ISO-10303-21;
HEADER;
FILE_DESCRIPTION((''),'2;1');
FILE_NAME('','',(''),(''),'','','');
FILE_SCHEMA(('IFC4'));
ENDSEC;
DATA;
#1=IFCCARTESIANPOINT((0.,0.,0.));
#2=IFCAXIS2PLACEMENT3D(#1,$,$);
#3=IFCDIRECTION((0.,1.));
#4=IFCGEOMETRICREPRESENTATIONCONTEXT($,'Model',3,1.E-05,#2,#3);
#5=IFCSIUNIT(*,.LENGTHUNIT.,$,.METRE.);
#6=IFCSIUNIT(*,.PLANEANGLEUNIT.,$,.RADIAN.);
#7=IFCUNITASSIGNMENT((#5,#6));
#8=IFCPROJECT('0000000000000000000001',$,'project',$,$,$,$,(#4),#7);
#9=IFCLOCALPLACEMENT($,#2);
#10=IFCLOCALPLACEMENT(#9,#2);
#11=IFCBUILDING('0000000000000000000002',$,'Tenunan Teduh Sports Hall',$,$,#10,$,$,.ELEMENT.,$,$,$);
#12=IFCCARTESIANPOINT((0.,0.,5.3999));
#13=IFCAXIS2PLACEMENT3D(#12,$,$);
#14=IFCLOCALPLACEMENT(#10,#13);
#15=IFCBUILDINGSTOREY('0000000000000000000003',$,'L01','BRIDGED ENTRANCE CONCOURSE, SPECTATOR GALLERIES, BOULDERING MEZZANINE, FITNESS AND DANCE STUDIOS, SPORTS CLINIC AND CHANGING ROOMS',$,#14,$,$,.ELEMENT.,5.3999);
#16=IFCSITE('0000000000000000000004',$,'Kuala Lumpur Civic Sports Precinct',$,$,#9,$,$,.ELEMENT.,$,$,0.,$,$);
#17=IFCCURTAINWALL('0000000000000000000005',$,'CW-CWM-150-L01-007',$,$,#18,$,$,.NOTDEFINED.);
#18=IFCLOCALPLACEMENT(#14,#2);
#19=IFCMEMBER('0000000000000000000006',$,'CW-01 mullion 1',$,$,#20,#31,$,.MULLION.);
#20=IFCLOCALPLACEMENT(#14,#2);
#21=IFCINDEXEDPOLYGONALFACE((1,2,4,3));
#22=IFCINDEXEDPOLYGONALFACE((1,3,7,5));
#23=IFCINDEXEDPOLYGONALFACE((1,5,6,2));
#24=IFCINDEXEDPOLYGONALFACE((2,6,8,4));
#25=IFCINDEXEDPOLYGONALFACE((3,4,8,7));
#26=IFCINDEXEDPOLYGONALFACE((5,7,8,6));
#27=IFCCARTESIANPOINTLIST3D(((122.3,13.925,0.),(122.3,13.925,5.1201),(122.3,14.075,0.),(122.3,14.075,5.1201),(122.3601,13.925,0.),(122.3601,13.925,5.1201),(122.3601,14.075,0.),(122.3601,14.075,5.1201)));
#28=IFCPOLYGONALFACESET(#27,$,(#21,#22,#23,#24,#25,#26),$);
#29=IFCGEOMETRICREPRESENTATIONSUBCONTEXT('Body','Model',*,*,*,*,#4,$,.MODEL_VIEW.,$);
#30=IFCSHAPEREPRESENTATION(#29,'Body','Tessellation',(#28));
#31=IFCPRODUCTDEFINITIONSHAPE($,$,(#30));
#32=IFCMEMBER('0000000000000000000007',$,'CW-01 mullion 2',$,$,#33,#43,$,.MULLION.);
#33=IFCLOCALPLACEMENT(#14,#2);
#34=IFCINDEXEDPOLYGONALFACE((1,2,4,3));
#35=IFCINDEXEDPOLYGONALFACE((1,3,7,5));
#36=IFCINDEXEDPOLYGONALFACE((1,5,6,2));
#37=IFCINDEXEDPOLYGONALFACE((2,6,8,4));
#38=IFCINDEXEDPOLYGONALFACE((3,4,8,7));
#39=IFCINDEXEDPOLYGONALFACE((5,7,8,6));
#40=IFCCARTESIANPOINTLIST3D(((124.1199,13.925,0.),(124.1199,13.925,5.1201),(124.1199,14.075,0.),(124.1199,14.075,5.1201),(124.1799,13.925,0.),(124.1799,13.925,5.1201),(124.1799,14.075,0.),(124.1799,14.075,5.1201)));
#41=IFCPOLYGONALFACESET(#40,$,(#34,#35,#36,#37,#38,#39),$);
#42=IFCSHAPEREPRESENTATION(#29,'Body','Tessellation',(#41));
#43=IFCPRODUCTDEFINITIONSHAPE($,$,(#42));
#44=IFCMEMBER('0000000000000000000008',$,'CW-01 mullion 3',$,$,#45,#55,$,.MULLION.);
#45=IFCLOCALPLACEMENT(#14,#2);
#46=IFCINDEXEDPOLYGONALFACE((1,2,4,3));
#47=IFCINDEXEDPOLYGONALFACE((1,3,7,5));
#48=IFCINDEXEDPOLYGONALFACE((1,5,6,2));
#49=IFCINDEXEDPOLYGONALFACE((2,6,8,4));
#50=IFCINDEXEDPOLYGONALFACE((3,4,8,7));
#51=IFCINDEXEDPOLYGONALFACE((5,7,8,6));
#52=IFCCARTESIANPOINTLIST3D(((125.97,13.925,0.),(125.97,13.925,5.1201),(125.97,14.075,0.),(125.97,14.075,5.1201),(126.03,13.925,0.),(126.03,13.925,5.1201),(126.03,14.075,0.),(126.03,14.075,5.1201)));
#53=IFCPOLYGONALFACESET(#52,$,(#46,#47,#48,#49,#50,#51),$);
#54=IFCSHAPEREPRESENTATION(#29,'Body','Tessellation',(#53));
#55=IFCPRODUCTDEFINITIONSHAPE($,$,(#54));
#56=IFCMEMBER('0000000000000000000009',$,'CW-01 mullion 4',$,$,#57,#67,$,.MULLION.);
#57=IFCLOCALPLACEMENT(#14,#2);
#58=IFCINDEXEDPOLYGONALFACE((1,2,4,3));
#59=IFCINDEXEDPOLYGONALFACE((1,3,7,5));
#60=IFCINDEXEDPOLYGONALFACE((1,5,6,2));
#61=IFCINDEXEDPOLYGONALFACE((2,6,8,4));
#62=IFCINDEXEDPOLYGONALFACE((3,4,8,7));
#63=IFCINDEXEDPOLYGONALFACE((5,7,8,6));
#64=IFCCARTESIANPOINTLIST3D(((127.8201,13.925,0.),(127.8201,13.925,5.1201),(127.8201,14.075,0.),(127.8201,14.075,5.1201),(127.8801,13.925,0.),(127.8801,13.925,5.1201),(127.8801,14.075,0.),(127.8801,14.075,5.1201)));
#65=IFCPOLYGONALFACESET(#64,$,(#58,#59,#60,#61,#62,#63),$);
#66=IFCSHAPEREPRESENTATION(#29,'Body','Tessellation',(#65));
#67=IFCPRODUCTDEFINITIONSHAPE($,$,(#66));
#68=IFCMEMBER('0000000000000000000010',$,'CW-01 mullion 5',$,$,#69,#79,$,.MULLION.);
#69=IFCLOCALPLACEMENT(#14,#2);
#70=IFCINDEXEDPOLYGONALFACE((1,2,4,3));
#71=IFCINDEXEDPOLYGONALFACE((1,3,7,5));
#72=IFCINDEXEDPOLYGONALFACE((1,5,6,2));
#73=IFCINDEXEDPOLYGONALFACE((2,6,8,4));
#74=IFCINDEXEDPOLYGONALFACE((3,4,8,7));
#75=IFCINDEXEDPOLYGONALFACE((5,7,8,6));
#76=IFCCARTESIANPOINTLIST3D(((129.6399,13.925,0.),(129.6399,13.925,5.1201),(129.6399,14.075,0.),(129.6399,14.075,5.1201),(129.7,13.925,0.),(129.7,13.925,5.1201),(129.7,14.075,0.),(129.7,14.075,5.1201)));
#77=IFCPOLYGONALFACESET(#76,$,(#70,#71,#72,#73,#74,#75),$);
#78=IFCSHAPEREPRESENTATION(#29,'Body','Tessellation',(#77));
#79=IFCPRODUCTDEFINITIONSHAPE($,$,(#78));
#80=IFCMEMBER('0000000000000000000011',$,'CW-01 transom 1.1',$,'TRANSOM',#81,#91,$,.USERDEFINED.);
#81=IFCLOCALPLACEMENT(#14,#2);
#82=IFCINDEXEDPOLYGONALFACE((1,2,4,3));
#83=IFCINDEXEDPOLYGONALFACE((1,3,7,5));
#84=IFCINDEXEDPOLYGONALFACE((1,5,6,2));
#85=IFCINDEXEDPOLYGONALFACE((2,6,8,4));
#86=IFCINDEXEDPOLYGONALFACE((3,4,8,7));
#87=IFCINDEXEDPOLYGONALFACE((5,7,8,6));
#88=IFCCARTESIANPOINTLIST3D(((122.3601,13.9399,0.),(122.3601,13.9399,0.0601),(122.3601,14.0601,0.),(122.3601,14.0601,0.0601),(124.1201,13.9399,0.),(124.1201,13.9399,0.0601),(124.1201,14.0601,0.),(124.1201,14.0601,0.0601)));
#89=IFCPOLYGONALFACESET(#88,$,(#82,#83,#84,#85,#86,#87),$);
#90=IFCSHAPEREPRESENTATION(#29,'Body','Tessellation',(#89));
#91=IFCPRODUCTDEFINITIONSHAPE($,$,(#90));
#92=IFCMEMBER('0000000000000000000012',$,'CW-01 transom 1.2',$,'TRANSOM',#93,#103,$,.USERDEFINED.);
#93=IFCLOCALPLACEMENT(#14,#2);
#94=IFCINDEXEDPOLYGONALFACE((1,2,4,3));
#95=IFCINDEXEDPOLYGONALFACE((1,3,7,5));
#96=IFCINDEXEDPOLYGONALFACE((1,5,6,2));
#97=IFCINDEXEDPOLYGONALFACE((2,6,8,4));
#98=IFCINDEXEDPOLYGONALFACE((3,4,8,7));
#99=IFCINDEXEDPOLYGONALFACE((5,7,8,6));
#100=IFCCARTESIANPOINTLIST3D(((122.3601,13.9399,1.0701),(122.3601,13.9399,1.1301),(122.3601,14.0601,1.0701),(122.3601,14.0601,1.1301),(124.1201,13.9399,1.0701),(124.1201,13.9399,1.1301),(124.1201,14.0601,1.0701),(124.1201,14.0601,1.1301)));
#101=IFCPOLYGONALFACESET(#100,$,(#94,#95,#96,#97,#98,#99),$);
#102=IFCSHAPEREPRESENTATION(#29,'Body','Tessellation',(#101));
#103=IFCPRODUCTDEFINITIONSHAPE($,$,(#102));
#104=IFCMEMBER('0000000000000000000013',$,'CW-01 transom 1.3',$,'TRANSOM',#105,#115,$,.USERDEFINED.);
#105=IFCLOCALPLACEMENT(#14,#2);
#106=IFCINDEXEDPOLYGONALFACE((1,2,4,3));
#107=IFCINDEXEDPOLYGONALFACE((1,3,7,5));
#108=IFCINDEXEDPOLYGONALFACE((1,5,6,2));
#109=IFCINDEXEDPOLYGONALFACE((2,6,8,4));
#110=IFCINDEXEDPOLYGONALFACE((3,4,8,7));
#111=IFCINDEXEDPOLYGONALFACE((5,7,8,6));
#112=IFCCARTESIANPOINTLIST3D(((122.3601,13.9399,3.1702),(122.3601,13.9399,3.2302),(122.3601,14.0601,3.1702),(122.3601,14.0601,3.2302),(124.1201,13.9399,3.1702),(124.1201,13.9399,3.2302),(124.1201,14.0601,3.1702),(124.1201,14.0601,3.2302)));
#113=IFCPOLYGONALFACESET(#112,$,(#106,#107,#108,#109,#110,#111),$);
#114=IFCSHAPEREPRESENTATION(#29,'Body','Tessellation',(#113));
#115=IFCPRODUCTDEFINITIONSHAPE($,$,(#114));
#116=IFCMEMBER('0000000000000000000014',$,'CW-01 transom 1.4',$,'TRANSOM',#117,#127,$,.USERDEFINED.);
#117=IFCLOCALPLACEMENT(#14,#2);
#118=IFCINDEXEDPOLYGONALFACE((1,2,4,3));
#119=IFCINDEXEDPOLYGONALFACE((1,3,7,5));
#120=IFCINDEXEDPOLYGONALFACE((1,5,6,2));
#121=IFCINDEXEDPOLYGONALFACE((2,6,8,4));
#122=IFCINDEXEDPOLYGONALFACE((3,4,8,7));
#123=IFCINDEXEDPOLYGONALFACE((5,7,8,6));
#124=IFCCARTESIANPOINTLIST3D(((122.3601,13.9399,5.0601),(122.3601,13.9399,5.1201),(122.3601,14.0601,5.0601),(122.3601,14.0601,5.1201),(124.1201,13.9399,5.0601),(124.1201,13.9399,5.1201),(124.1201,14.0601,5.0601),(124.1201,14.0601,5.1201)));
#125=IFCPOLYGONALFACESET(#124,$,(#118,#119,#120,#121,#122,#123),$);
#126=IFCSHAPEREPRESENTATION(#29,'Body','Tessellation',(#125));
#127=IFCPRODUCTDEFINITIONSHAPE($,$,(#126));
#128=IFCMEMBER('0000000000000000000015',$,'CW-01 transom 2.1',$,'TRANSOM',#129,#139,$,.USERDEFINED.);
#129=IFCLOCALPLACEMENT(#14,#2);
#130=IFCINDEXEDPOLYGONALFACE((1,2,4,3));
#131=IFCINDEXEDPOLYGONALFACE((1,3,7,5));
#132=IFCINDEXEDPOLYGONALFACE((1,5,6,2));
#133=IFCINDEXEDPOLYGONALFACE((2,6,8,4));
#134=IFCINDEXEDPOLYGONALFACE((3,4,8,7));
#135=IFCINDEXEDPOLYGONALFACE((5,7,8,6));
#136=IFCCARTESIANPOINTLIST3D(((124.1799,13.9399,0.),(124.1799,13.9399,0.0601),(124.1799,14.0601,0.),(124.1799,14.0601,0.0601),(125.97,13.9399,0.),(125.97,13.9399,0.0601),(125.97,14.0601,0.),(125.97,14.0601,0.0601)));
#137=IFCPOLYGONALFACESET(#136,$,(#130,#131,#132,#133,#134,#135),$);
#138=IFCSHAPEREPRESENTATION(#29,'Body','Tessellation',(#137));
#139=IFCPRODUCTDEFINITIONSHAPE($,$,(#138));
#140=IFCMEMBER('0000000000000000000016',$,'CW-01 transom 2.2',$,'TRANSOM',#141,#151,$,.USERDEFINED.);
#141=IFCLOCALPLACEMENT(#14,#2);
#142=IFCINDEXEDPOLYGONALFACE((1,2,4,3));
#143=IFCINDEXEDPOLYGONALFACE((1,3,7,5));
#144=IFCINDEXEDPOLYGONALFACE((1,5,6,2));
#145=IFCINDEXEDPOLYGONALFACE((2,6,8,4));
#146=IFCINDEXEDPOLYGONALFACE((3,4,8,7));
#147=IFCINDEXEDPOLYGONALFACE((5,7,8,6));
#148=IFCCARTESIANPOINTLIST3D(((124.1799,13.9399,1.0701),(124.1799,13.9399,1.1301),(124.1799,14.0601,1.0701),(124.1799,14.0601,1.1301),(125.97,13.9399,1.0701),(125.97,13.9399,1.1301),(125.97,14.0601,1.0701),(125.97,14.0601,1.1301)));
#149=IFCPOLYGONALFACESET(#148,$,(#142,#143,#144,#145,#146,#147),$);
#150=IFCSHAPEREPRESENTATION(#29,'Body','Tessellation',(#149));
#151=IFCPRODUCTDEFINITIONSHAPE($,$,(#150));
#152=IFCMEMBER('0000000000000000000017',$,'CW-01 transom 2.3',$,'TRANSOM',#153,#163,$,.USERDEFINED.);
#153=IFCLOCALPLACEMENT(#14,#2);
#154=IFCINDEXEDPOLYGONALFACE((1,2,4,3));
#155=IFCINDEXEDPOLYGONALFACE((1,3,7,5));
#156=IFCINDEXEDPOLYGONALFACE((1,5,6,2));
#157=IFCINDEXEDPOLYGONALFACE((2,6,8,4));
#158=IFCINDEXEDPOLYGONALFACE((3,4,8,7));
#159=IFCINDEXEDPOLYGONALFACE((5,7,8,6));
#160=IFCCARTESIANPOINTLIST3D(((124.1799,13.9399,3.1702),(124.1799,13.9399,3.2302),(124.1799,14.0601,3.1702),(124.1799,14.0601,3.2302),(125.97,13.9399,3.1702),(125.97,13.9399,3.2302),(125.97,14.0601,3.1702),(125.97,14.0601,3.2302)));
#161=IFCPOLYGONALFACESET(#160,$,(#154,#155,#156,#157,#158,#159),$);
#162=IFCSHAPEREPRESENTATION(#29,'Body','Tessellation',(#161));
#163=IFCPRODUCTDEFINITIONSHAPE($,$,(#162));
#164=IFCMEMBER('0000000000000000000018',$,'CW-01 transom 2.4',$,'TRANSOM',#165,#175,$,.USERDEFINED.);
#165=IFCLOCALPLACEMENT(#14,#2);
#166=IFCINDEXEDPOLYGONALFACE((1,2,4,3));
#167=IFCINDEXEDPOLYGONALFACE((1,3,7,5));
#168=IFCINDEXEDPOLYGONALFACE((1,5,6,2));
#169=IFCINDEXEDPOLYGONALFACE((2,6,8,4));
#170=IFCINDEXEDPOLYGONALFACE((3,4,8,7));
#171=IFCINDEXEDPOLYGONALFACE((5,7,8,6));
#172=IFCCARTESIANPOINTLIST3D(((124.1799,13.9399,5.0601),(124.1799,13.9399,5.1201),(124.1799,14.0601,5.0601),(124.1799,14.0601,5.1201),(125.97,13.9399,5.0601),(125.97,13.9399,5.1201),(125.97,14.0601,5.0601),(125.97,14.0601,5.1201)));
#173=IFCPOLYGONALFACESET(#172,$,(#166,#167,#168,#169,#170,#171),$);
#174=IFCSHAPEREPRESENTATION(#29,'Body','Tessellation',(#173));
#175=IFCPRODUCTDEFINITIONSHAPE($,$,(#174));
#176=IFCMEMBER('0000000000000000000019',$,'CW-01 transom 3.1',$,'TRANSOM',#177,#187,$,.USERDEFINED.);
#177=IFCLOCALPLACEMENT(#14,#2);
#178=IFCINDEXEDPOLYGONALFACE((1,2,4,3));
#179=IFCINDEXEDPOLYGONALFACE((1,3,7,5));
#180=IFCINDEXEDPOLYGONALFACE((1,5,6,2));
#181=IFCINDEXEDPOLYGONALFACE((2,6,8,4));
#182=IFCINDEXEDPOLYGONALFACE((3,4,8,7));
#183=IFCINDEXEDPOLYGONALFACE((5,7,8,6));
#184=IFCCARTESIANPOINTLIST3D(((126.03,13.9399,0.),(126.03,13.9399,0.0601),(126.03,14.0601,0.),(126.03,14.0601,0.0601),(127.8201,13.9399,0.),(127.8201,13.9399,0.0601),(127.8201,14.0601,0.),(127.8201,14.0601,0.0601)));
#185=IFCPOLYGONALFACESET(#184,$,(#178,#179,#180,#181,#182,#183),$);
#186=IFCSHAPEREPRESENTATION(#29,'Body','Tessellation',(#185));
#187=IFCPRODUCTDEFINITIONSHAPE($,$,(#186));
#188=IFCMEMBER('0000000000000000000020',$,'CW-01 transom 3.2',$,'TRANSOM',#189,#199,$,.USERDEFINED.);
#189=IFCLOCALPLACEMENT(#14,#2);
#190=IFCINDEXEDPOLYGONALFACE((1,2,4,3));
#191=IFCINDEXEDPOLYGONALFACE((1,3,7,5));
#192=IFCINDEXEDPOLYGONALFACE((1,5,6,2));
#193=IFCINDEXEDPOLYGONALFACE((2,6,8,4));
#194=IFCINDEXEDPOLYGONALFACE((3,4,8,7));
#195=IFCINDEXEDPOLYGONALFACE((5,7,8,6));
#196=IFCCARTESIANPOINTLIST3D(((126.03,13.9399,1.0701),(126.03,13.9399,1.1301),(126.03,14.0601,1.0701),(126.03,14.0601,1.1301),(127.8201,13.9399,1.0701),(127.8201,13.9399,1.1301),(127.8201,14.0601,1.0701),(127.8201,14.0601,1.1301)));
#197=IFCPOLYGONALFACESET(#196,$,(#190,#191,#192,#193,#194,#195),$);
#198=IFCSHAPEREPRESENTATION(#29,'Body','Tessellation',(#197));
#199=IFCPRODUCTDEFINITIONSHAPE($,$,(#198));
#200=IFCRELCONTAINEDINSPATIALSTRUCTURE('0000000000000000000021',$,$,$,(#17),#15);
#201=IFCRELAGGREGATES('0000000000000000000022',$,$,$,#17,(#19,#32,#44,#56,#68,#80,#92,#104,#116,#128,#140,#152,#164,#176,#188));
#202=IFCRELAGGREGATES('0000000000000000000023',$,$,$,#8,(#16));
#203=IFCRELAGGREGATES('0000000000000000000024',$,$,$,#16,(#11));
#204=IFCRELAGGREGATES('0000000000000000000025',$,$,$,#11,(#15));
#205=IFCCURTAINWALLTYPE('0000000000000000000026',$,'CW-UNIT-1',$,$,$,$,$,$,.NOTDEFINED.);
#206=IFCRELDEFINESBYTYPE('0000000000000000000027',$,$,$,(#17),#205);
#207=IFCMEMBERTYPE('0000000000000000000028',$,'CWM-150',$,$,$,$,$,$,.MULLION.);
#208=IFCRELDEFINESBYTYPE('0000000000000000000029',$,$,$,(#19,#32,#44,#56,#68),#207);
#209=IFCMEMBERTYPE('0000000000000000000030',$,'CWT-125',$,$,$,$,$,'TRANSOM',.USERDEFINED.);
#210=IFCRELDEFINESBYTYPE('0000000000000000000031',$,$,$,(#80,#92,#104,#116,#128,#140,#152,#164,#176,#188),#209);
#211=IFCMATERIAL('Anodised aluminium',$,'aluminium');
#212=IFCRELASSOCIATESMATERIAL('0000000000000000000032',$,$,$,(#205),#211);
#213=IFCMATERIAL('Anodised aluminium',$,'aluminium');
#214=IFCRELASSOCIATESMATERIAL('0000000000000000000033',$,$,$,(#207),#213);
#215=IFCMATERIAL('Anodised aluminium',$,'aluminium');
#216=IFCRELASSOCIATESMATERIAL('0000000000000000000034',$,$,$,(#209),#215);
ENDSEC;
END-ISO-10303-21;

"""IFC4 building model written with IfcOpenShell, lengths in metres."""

from ifc_helpers import new_model, si_unit, direction, frame, origin, origin_2d, place, context, subcontext, project, spatial, rectangle, extrude, material, material_profile, profile_set, type_object, element, aggregate, save


model = new_model("IFC4")

# Units and contexts
model_context = context("Model", 3, precision=1e-05, world=origin(), true_north=direction((0.0, 1.0)))
body_context = subcontext(model_context, "Body", "Model", "MODEL_VIEW")
ifc_project = project(units=[si_unit("LENGTHUNIT", "METRE"), si_unit("PLANEANGLEUNIT", "RADIAN")], contexts=[model_context])

# Site, building, storey
site_placement = place(None, origin())
site = spatial("IfcSite", under=ifc_project, at=site_placement, Name="Kuala Lumpur Civic Sports Precinct", CompositionType="ELEMENT", RefElevation=0.0)
building_placement = place(site_placement, origin())
building = spatial("IfcBuilding", under=site, at=building_placement, Name="Tenunan Teduh Sports Hall", CompositionType="ELEMENT")
storey_placement = place(building_placement, frame((0.0, 0.0, 5.3999)))
storey = spatial("IfcBuildingStorey", under=building, at=storey_placement, Name="L01", Description="BRIDGED ENTRANCE CONCOURSE, SPECTATOR GALLERIES, BOULDERING MEZZANINE, FITNESS AND DANCE STUDIOS, SPORTS CLINIC AND CHANGING ROOMS", CompositionType="ELEMENT", Elevation=5.3999)

# Curtain wall, members
ifc_material_1 = material(Name="Anodised aluminium", Category="aluminium")
curtain_wall_type = type_object("IfcCurtainWallType", Name="CW-UNIT-1", PredefinedType="NOTDEFINED", material=ifc_material_1)
curtain_wall_placement = place(storey_placement, origin())
curtain_wall = element("IfcCurtainWall", 1, at=curtain_wall_placement, inside=storey, type_object=curtain_wall_type, Name="CW-CWM-150-L01-007", PredefinedType="NOTDEFINED")
ifc_material_2 = material(Name="Anodised aluminium", Category="aluminium")
ifc_material_profile_1 = material_profile(ifc_material_2, rectangle(XDim=0.0601, YDim=0.1499, at=origin_2d()), Name="CWM 60x150")
ifc_profile_set_1 = profile_set([ifc_material_profile_1], Name="Anodised aluminium")
member_type_1 = type_object("IfcMemberType", Name="CWM-150", PredefinedType="MULLION", material=ifc_profile_set_1)
member_1_placement = place(storey_placement, frame((122.3301, 14.0, 0.0), z_axis=(0.0, 0.0, 1.0), x_axis=(1.0, 0.0, 0.0)))
member_1 = element("IfcMember", 2, at=member_1_placement, type_object=member_type_1, Name="CW-01 mullion 1", PredefinedType="MULLION", context=body_context, shape_type="SweptSolid", body=[
    extrude(rectangle(XDim=0.0601, YDim=0.1499, at=origin_2d()), origin(), (0.0, 0.0, 1.0), 5.1201),
])
member_2_placement = place(storey_placement, frame((124.1499, 14.0, 0.0), z_axis=(0.0, 0.0, 1.0), x_axis=(1.0, 0.0, 0.0)))
member_2 = element("IfcMember", 3, at=member_2_placement, type_object=member_type_1, Name="CW-01 mullion 2", PredefinedType="MULLION", context=body_context, shape_type="SweptSolid", body=[
    extrude(rectangle(XDim=0.0601, YDim=0.1499, at=origin_2d()), origin(), (0.0, 0.0, 1.0), 5.1201),
])
member_3_placement = place(storey_placement, frame((126.0, 14.0, 0.0), z_axis=(0.0, 0.0, 1.0), x_axis=(1.0, 0.0, 0.0)))
member_3 = element("IfcMember", 4, at=member_3_placement, type_object=member_type_1, Name="CW-01 mullion 3", PredefinedType="MULLION", context=body_context, shape_type="SweptSolid", body=[
    extrude(rectangle(XDim=0.0601, YDim=0.1499, at=origin_2d()), origin(), (0.0, 0.0, 1.0), 5.1201),
])
member_4_placement = place(storey_placement, frame((127.8501, 14.0, 0.0), z_axis=(0.0, 0.0, 1.0), x_axis=(1.0, 0.0, 0.0)))
member_4 = element("IfcMember", 5, at=member_4_placement, type_object=member_type_1, Name="CW-01 mullion 4", PredefinedType="MULLION", context=body_context, shape_type="SweptSolid", body=[
    extrude(rectangle(XDim=0.0601, YDim=0.1499, at=origin_2d()), origin(), (0.0, 0.0, 1.0), 5.1201),
])
member_5_placement = place(storey_placement, frame((129.6699, 14.0, 0.0), z_axis=(0.0, 0.0, 1.0), x_axis=(1.0, 0.0, 0.0)))
member_5 = element("IfcMember", 6, at=member_5_placement, type_object=member_type_1, Name="CW-01 mullion 5", PredefinedType="MULLION", context=body_context, shape_type="SweptSolid", body=[
    extrude(rectangle(XDim=0.0601, YDim=0.1499, at=origin_2d()), origin(), (0.0, 0.0, 1.0), 5.1201),
])
ifc_material_3 = material(Name="Anodised aluminium", Category="aluminium")
ifc_material_profile_2 = material_profile(ifc_material_3, rectangle(XDim=0.0601, YDim=0.1201, at=origin_2d()), Name="CWT 60x120")
ifc_profile_set_2 = profile_set([ifc_material_profile_2], Name="Anodised aluminium")
member_type_2 = type_object("IfcMemberType", Name="CWT-125", ElementType="TRANSOM", PredefinedType="USERDEFINED", material=ifc_profile_set_2)
member_6_placement = place(storey_placement, frame((122.3601, 14.0, 0.03), z_axis=(1.0, 0.0, 0.0), x_axis=(0.0, 0.0, 1.0)))
member_6 = element("IfcMember", 7, at=member_6_placement, type_object=member_type_2, Name="CW-01 transom 1.1", ObjectType="TRANSOM", PredefinedType="USERDEFINED", context=body_context, shape_type="SweptSolid", body=[
    extrude(rectangle(XDim=0.0601, YDim=0.1201, at=origin_2d()), origin(), (0.0, 0.0, 1.0), 1.76),
])
member_7_placement = place(storey_placement, frame((122.3601, 14.0, 1.1001), z_axis=(1.0, 0.0, 0.0), x_axis=(0.0, 0.0, 1.0)))
member_7 = element("IfcMember", 8, at=member_7_placement, type_object=member_type_2, Name="CW-01 transom 1.2", ObjectType="TRANSOM", PredefinedType="USERDEFINED", context=body_context, shape_type="SweptSolid", body=[
    extrude(rectangle(XDim=0.0601, YDim=0.1201, at=origin_2d()), origin(), (0.0, 0.0, 1.0), 1.76),
])
member_8_placement = place(storey_placement, frame((122.3601, 14.0, 3.2002), z_axis=(1.0, 0.0, 0.0), x_axis=(0.0, 0.0, 1.0)))
member_8 = element("IfcMember", 9, at=member_8_placement, type_object=member_type_2, Name="CW-01 transom 1.3", ObjectType="TRANSOM", PredefinedType="USERDEFINED", context=body_context, shape_type="SweptSolid", body=[
    extrude(rectangle(XDim=0.0601, YDim=0.1201, at=origin_2d()), origin(), (0.0, 0.0, 1.0), 1.76),
])
member_9_placement = place(storey_placement, frame((122.3601, 14.0, 5.0901), z_axis=(1.0, 0.0, 0.0), x_axis=(0.0, 0.0, 1.0)))
member_9 = element("IfcMember", 10, at=member_9_placement, type_object=member_type_2, Name="CW-01 transom 1.4", ObjectType="TRANSOM", PredefinedType="USERDEFINED", context=body_context, shape_type="SweptSolid", body=[
    extrude(rectangle(XDim=0.0601, YDim=0.1201, at=origin_2d()), origin(), (0.0, 0.0, 1.0), 1.76),
])
member_10_placement = place(storey_placement, frame((124.1799, 14.0, 0.03), z_axis=(1.0, 0.0, 0.0), x_axis=(0.0, 0.0, 1.0)))
member_10 = element("IfcMember", 11, at=member_10_placement, type_object=member_type_2, Name="CW-01 transom 2.1", ObjectType="TRANSOM", PredefinedType="USERDEFINED", context=body_context, shape_type="SweptSolid", body=[
    extrude(rectangle(XDim=0.0601, YDim=0.1201, at=origin_2d()), origin(), (0.0, 0.0, 1.0), 1.79),
])
member_11_placement = place(storey_placement, frame((124.1799, 14.0, 1.1001), z_axis=(1.0, 0.0, 0.0), x_axis=(0.0, 0.0, 1.0)))
member_11 = element("IfcMember", 12, at=member_11_placement, type_object=member_type_2, Name="CW-01 transom 2.2", ObjectType="TRANSOM", PredefinedType="USERDEFINED", context=body_context, shape_type="SweptSolid", body=[
    extrude(rectangle(XDim=0.0601, YDim=0.1201, at=origin_2d()), origin(), (0.0, 0.0, 1.0), 1.79),
])
member_12_placement = place(storey_placement, frame((124.1799, 14.0, 3.2002), z_axis=(1.0, 0.0, 0.0), x_axis=(0.0, 0.0, 1.0)))
member_12 = element("IfcMember", 13, at=member_12_placement, type_object=member_type_2, Name="CW-01 transom 2.3", ObjectType="TRANSOM", PredefinedType="USERDEFINED", context=body_context, shape_type="SweptSolid", body=[
    extrude(rectangle(XDim=0.0601, YDim=0.1201, at=origin_2d()), origin(), (0.0, 0.0, 1.0), 1.79),
])
member_13_placement = place(storey_placement, frame((124.1799, 14.0, 5.0901), z_axis=(1.0, 0.0, 0.0), x_axis=(0.0, 0.0, 1.0)))
member_13 = element("IfcMember", 14, at=member_13_placement, type_object=member_type_2, Name="CW-01 transom 2.4", ObjectType="TRANSOM", PredefinedType="USERDEFINED", context=body_context, shape_type="SweptSolid", body=[
    extrude(rectangle(XDim=0.0601, YDim=0.1201, at=origin_2d()), origin(), (0.0, 0.0, 1.0), 1.79),
])
member_14_placement = place(storey_placement, frame((126.03, 14.0, 0.03), z_axis=(1.0, 0.0, 0.0), x_axis=(0.0, 0.0, 1.0)))
member_14 = element("IfcMember", 15, at=member_14_placement, type_object=member_type_2, Name="CW-01 transom 3.1", ObjectType="TRANSOM", PredefinedType="USERDEFINED", context=body_context, shape_type="SweptSolid", body=[
    extrude(rectangle(XDim=0.0601, YDim=0.1201, at=origin_2d()), origin(), (0.0, 0.0, 1.0), 1.79),
])
member_15_placement = place(storey_placement, frame((126.03, 14.0, 1.1001), z_axis=(1.0, 0.0, 0.0), x_axis=(0.0, 0.0, 1.0)))
member_15 = element("IfcMember", 16, at=member_15_placement, type_object=member_type_2, Name="CW-01 transom 3.2", ObjectType="TRANSOM", PredefinedType="USERDEFINED", context=body_context, shape_type="SweptSolid", body=[
    extrude(rectangle(XDim=0.0601, YDim=0.1201, at=origin_2d()), origin(), (0.0, 0.0, 1.0), 1.79),
])

aggregate(curtain_wall, [member_1, member_2, member_3, member_4, member_5, member_6, member_7, member_8, member_9, member_10, member_11, member_12, member_13, member_14, member_15])

save(model, "model.ifc")
